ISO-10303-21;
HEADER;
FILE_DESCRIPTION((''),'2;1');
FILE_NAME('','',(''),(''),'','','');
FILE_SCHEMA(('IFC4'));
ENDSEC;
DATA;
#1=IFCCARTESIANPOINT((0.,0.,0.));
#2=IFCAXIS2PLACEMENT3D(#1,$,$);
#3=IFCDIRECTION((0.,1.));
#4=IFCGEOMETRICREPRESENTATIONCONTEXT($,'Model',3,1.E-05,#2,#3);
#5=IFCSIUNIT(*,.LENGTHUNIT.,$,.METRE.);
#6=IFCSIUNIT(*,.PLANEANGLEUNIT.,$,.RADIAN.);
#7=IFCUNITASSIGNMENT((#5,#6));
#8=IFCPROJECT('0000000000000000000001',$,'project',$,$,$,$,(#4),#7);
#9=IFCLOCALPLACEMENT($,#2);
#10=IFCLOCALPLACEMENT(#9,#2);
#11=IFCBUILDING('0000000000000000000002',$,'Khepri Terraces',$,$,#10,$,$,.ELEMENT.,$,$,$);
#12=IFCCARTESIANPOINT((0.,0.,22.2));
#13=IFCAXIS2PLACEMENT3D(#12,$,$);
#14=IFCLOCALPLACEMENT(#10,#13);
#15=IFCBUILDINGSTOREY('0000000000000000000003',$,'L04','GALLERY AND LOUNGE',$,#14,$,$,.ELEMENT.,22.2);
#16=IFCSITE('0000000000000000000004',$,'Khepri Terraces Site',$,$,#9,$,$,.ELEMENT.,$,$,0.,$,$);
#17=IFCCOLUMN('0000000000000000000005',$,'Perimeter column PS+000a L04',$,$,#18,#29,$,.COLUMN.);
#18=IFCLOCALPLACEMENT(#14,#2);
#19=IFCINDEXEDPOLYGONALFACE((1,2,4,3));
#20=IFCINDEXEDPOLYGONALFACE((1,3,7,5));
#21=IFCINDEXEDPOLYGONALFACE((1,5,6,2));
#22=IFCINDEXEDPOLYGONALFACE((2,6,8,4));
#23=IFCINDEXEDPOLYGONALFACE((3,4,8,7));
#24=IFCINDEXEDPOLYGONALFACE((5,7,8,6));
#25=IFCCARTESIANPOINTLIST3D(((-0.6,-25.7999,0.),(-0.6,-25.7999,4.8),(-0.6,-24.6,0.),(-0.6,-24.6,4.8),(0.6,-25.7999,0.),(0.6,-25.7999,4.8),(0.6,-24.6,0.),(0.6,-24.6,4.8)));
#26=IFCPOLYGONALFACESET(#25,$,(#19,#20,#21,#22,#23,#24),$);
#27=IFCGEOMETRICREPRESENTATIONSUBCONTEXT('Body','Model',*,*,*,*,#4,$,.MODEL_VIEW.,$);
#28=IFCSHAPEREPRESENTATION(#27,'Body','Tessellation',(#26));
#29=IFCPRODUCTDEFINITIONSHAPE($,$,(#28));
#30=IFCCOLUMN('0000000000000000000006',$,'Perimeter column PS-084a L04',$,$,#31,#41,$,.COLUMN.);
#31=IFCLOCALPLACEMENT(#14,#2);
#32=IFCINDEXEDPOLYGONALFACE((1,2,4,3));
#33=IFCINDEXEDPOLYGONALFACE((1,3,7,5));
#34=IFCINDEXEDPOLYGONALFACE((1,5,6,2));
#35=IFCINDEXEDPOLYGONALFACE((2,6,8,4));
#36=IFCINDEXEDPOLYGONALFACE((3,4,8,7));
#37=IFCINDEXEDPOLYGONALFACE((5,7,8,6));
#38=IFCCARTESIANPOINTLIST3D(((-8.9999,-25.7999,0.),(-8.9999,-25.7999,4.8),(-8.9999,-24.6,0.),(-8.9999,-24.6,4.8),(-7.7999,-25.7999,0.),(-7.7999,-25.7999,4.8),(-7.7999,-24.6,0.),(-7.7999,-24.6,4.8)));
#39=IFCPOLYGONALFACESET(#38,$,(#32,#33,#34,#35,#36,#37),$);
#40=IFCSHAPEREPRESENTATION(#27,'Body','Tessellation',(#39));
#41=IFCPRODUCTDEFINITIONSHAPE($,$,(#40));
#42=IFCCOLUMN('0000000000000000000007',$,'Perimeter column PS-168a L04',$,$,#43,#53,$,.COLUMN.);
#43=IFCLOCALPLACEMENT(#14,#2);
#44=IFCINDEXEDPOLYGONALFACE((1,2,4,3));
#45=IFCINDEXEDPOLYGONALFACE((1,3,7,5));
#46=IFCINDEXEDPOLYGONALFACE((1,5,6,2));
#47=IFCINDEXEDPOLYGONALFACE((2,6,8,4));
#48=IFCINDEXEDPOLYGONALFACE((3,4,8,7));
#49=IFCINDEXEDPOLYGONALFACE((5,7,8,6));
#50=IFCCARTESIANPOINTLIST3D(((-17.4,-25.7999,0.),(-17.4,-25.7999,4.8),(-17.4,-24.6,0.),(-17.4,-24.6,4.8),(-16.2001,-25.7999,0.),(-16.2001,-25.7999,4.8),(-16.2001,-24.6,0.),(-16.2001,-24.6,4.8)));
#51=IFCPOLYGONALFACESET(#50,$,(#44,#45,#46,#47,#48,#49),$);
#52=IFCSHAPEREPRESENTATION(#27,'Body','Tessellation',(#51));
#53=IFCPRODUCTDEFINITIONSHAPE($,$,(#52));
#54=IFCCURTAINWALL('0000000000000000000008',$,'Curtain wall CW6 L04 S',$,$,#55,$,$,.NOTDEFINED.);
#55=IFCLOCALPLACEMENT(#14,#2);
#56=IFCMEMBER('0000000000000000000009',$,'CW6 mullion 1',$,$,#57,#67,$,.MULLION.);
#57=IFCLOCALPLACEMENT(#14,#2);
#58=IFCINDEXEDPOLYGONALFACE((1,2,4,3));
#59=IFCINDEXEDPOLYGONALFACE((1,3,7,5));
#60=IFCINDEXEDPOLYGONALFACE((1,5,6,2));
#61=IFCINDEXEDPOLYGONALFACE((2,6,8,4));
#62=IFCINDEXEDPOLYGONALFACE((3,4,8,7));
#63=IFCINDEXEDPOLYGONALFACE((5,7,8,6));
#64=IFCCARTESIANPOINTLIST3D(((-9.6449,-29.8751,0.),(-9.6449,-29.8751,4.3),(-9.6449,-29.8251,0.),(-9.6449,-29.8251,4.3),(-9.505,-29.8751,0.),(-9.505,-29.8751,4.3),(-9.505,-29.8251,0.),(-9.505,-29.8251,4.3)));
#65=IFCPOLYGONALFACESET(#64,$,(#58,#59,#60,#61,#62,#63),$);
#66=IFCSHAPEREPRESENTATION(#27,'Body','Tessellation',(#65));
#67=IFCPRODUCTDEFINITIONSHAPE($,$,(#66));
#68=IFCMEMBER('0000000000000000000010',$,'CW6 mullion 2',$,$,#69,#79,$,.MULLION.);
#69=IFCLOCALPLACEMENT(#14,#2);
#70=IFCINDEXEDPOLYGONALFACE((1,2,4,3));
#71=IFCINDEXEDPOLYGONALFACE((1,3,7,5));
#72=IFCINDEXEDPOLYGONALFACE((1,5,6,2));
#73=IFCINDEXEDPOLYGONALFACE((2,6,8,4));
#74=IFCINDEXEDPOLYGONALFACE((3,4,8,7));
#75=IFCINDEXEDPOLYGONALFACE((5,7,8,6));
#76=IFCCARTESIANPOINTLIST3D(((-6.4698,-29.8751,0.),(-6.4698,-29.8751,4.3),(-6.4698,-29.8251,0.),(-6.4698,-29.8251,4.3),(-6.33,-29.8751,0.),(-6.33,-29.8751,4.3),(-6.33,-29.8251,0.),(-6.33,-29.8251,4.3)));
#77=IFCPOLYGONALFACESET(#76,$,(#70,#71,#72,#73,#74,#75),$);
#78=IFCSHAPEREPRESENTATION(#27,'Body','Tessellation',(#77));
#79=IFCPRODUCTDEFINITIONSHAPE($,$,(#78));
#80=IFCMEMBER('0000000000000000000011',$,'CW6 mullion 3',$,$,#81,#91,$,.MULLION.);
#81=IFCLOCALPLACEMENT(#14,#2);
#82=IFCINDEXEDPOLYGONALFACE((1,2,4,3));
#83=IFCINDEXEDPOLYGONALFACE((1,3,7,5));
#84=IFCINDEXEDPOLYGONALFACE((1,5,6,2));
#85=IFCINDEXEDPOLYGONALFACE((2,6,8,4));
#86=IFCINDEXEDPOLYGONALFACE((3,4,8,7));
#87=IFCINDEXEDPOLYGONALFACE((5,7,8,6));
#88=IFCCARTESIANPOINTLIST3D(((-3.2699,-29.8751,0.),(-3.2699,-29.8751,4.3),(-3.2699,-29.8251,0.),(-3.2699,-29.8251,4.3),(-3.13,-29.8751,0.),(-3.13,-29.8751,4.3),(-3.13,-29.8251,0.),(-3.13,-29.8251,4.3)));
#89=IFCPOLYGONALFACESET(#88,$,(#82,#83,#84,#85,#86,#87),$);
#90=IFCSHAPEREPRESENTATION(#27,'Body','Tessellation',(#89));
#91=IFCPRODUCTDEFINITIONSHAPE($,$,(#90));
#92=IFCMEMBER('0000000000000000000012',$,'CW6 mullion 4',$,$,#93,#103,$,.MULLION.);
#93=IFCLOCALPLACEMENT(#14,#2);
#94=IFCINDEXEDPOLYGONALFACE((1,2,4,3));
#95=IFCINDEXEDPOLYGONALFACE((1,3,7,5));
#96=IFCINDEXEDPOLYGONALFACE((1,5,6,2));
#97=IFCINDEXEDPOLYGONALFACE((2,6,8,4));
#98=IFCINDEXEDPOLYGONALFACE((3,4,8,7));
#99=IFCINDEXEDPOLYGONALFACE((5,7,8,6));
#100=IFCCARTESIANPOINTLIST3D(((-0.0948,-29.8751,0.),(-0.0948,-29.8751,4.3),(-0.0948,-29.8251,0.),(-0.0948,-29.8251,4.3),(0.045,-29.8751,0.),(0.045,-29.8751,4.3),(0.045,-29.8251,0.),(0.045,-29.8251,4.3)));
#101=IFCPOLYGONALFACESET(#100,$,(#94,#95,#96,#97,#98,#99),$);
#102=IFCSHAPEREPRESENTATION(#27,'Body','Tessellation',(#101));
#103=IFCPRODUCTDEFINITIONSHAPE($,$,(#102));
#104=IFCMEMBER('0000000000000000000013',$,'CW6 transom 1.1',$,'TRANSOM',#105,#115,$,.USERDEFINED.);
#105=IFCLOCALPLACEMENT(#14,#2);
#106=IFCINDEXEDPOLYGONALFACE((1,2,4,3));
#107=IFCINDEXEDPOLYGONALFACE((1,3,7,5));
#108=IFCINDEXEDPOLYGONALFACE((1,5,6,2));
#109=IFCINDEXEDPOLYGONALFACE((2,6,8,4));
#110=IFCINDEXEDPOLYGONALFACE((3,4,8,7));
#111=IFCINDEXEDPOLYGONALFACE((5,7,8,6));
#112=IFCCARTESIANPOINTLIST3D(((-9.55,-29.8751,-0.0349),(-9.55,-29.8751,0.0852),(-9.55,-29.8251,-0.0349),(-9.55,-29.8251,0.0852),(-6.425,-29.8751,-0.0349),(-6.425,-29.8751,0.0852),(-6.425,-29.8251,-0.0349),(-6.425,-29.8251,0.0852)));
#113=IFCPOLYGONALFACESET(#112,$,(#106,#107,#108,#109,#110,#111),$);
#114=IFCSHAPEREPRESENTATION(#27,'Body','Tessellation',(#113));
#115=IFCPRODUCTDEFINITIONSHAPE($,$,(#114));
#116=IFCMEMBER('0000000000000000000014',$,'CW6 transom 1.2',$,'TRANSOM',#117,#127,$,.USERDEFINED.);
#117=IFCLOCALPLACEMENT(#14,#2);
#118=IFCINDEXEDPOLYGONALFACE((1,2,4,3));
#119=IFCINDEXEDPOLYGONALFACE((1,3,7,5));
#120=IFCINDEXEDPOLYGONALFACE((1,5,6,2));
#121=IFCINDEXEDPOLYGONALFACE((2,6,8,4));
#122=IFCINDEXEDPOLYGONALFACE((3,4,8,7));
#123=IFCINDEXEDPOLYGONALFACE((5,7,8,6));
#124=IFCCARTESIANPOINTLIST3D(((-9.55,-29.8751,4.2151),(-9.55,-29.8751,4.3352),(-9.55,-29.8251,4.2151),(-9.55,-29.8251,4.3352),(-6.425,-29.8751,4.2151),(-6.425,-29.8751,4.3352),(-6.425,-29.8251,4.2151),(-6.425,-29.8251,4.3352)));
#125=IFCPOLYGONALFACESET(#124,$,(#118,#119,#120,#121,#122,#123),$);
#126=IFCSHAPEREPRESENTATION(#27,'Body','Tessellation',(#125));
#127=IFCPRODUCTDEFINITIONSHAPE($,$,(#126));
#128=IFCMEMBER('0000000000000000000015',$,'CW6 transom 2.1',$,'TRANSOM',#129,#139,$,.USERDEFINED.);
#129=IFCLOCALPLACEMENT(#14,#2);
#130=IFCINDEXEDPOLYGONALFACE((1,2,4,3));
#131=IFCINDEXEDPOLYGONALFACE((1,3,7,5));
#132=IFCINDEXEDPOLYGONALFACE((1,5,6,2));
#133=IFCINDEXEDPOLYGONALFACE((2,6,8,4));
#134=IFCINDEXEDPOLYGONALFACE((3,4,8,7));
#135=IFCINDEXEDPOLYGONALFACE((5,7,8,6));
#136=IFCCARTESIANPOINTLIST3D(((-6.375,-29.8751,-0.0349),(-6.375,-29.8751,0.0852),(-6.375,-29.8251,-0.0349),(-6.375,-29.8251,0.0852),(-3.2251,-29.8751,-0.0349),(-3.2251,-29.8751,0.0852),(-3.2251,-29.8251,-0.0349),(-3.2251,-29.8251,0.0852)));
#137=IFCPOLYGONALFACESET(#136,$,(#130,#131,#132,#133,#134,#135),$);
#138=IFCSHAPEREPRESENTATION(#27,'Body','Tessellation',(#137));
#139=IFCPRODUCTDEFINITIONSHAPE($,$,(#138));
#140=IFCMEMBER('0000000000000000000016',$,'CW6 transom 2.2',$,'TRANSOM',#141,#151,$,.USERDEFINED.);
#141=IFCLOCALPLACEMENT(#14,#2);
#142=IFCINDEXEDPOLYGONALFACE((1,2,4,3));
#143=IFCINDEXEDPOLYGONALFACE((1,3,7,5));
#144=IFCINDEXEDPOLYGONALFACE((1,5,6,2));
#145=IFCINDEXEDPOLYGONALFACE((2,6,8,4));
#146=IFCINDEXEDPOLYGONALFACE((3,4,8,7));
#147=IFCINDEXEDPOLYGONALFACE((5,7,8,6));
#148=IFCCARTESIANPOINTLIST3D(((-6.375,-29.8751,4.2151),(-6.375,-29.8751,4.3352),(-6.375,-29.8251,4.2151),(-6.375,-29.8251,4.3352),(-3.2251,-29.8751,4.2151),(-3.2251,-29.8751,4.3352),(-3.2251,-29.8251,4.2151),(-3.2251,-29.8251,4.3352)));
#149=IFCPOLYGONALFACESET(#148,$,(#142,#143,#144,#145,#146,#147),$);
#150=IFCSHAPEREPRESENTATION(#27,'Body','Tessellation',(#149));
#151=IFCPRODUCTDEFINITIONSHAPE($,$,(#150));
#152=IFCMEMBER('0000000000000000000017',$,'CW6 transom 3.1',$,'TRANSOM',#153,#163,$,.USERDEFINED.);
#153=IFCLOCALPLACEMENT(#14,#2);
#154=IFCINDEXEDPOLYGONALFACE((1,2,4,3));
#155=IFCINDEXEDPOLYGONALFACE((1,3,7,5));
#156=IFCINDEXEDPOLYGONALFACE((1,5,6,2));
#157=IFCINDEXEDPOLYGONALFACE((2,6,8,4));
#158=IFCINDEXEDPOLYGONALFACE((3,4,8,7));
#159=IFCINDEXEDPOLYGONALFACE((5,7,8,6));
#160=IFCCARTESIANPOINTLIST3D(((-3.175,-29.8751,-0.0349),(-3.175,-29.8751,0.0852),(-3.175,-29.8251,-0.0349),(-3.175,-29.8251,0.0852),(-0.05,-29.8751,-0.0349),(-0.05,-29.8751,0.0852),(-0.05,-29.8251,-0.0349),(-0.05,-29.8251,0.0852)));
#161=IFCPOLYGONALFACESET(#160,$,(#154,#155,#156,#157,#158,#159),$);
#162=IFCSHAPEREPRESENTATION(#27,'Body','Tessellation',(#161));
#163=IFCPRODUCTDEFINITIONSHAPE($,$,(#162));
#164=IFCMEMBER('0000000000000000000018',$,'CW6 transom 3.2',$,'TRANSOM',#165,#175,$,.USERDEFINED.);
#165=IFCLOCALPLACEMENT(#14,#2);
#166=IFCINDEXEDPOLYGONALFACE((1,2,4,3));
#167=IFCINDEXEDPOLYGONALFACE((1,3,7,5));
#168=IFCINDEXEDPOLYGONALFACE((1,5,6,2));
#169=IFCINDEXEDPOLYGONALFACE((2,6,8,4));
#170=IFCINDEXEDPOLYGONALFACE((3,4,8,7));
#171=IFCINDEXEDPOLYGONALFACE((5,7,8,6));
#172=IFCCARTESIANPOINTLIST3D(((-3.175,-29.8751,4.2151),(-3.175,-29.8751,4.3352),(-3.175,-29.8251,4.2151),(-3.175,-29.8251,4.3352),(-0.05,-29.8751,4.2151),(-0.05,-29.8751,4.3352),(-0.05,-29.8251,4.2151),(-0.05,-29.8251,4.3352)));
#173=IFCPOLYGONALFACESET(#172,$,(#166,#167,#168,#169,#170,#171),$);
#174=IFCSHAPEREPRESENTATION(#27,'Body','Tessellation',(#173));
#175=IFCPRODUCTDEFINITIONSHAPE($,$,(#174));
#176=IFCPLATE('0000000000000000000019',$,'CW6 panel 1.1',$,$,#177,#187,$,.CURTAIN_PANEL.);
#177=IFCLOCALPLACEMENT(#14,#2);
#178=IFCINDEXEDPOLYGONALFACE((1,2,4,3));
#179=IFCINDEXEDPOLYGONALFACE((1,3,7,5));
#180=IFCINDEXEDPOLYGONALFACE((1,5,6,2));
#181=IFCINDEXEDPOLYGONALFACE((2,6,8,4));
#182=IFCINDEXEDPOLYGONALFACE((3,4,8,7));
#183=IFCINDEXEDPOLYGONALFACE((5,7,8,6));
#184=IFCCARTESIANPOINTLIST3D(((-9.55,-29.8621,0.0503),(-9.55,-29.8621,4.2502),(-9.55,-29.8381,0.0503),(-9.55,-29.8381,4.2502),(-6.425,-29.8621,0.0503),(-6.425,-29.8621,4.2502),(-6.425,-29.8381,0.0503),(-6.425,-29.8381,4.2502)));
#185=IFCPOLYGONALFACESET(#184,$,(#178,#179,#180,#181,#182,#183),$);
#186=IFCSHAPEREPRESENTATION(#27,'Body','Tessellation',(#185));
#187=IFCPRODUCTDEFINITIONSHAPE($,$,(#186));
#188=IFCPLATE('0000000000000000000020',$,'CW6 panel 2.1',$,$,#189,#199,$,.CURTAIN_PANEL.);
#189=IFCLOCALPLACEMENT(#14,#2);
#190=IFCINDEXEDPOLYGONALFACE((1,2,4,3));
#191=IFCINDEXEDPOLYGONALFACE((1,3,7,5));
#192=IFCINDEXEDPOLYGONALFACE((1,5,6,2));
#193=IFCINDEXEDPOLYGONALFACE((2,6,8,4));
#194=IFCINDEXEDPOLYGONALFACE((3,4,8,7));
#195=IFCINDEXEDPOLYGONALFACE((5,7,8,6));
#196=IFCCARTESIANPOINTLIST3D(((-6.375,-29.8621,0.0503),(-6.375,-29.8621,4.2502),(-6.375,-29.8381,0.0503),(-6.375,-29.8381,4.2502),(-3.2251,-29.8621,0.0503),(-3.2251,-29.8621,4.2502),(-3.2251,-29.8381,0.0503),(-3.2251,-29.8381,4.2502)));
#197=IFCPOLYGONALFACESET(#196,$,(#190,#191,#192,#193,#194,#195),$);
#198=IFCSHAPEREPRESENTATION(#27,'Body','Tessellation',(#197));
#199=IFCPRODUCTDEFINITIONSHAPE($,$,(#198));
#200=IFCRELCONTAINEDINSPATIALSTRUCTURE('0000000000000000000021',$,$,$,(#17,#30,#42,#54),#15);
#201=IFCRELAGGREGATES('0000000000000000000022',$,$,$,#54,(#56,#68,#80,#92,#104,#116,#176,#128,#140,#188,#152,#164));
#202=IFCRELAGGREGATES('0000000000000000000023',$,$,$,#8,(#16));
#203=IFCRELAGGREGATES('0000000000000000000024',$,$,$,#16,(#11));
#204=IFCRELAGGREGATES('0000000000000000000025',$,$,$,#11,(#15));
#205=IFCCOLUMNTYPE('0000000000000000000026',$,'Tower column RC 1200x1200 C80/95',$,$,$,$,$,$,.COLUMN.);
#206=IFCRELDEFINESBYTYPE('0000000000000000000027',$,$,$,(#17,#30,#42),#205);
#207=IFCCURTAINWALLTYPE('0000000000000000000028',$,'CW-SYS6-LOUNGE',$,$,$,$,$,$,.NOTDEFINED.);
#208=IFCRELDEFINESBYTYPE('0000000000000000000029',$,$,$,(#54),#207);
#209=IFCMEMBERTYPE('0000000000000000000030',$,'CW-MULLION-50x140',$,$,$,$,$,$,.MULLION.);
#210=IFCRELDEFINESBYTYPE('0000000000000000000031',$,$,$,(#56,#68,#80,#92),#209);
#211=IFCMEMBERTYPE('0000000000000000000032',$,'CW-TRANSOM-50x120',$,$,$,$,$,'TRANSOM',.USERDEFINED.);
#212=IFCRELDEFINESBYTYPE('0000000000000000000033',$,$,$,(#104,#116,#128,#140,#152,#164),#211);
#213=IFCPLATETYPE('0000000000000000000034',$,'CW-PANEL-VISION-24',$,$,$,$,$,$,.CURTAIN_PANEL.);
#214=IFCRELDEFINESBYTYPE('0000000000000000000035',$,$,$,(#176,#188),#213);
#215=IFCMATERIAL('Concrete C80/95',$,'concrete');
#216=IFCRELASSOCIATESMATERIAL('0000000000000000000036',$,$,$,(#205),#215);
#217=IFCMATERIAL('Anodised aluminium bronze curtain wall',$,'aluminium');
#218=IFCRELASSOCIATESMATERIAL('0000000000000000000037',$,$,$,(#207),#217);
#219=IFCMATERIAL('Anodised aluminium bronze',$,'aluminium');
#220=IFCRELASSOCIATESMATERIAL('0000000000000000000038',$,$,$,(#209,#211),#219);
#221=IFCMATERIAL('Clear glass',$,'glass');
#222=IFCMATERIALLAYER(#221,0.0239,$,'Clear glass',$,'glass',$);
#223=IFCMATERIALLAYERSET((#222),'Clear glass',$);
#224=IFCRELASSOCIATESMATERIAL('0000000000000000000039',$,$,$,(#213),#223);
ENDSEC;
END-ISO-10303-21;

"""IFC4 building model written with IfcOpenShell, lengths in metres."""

from ifc_helpers import new_model, si_unit, direction, frame, origin, origin_2d, place, context, subcontext, project, spatial, rectangle, extrude, material, layer, layer_set, material_profile, profile_set, type_object, element, aggregate, save


model = new_model("IFC4")

# Units and contexts
model_context = context("Model", 3, precision=1e-05, world=origin(), true_north=direction((0.0, 1.0)))
body_context = subcontext(model_context, "Body", "Model", "MODEL_VIEW")
ifc_project = project(units=[si_unit("LENGTHUNIT", "METRE"), si_unit("PLANEANGLEUNIT", "RADIAN")], contexts=[model_context])

# Site, building, storey
site_placement = place(None, origin())
site = spatial("IfcSite", under=ifc_project, at=site_placement, Name="Khepri Terraces Site", CompositionType="ELEMENT", RefElevation=0.0)
building_placement = place(site_placement, origin())
building = spatial("IfcBuilding", under=site, at=building_placement, Name="Khepri Terraces", CompositionType="ELEMENT")
storey_placement = place(building_placement, frame((0.0, 0.0, 22.2)))
storey = spatial("IfcBuildingStorey", under=building, at=storey_placement, Name="L04", Description="GALLERY AND LOUNGE", CompositionType="ELEMENT", Elevation=22.2)

# Columns
ifc_material_1 = material(Name="Concrete C80/95", Category="concrete")
ifc_material_profile_1 = material_profile(ifc_material_1, rectangle(XDim=1.2, YDim=1.2, at=origin_2d()), Name="Concrete C80/95", Category="concrete")
ifc_profile_set_1 = profile_set([ifc_material_profile_1], Name="Concrete C80/95")
column_type = type_object("IfcColumnType", Name="Tower column RC 1200x1200 C80/95", PredefinedType="COLUMN", material=ifc_profile_set_1)
for number, where, z_axis, x_axis, name in (
    (1, (0.0, -25.2, 0.0), (0.0, 0.0, 1.0), (1.0, 0.0, 0.0), "Perimeter column PS+000a L04"),
    (2, (-8.3999, -25.2, 0.0), (0.0, 0.0, 1.0), (1.0, 0.0, 0.0), "Perimeter column PS-084a L04"),
    (3, (-16.8, -25.2, 0.0), (0.0, 0.0, 1.0), (1.0, 0.0, 0.0), "Perimeter column PS-168a L04"),
):
    element("IfcColumn", number, at=place(storey_placement, frame(where, z_axis=z_axis, x_axis=x_axis)), inside=storey, type_object=column_type, Name=name, PredefinedType="COLUMN", context=body_context, shape_type="SweptSolid", body=[
        extrude(rectangle(XDim=1.2, YDim=1.2, at=origin_2d()), origin(), (0.0, 0.0, 1.0), 4.8),
    ])

# Curtain wall, members, plates
ifc_material_2 = material(Name="Anodised aluminium bronze curtain wall", Category="aluminium")
curtain_wall_type = type_object("IfcCurtainWallType", Name="CW-SYS6-LOUNGE", PredefinedType="NOTDEFINED", material=ifc_material_2)
curtain_wall_placement = place(storey_placement, origin())
curtain_wall = element("IfcCurtainWall", 4, at=curtain_wall_placement, inside=storey, type_object=curtain_wall_type, Name="Curtain wall CW6 L04 S", PredefinedType="NOTDEFINED")
ifc_material_3 = material(Name="Anodised aluminium bronze", Category="aluminium")
ifc_material_profile_2 = material_profile(ifc_material_3, rectangle(XDim=0.05, YDim=0.1399, at=origin_2d()), Name="Anodised aluminium bronze", Category="aluminium")
ifc_profile_set_2 = profile_set([ifc_material_profile_2], Name="Anodised aluminium bronze")
member_type_1 = type_object("IfcMemberType", Name="CW-MULLION-50x140", PredefinedType="MULLION", material=ifc_profile_set_2)
member_1_placement = place(storey_placement, frame((-9.575, -29.8501, 0.0), z_axis=(0.0, 0.0, 1.0), x_axis=(0.0, 1.0, 0.0)))
member_1 = element("IfcMember", 5, at=member_1_placement, type_object=member_type_1, Name="CW6 mullion 1", PredefinedType="MULLION", context=body_context, shape_type="SweptSolid", body=[
    extrude(rectangle(XDim=0.05, YDim=0.1399, at=origin_2d()), origin(), (0.0, 0.0, 1.0), 4.3),
])
member_2_placement = place(storey_placement, frame((-6.3999, -29.8501, 0.0), z_axis=(0.0, 0.0, 1.0), x_axis=(0.0, 1.0, 0.0)))
member_2 = element("IfcMember", 6, at=member_2_placement, type_object=member_type_1, Name="CW6 mullion 2", PredefinedType="MULLION", context=body_context, shape_type="SweptSolid", body=[
    extrude(rectangle(XDim=0.05, YDim=0.1399, at=origin_2d()), origin(), (0.0, 0.0, 1.0), 4.3),
])
member_3_placement = place(storey_placement, frame((-3.2, -29.8501, 0.0), z_axis=(0.0, 0.0, 1.0), x_axis=(0.0, 1.0, 0.0)))
member_3 = element("IfcMember", 7, at=member_3_placement, type_object=member_type_1, Name="CW6 mullion 3", PredefinedType="MULLION", context=body_context, shape_type="SweptSolid", body=[
    extrude(rectangle(XDim=0.05, YDim=0.1399, at=origin_2d()), origin(), (0.0, 0.0, 1.0), 4.3),
])
member_4_placement = place(storey_placement, frame((-0.0249, -29.8501, 0.0), z_axis=(0.0, 0.0, 1.0), x_axis=(0.0, 1.0, 0.0)))
member_4 = element("IfcMember", 8, at=member_4_placement, type_object=member_type_1, Name="CW6 mullion 4", PredefinedType="MULLION", context=body_context, shape_type="SweptSolid", body=[
    extrude(rectangle(XDim=0.05, YDim=0.1399, at=origin_2d()), origin(), (0.0, 0.0, 1.0), 4.3),
])
ifc_material_profile_3 = material_profile(ifc_material_3, rectangle(XDim=0.05, YDim=0.1201, at=origin_2d()), Name="Anodised aluminium bronze", Category="aluminium")
ifc_profile_set_3 = profile_set([ifc_material_profile_3], Name="Anodised aluminium bronze")
member_type_2 = type_object("IfcMemberType", Name="CW-TRANSOM-50x120", ElementType="TRANSOM", PredefinedType="USERDEFINED", material=ifc_profile_set_3)
member_5_placement = place(storey_placement, frame((-9.55, -29.8501, 0.0251), z_axis=(1.0, 0.0, 0.0), x_axis=(0.0, 1.0, 0.0)))
member_5 = element("IfcMember", 9, at=member_5_placement, type_object=member_type_2, Name="CW6 transom 1.1", ObjectType="TRANSOM", PredefinedType="USERDEFINED", context=body_context, shape_type="SweptSolid", body=[
    extrude(rectangle(XDim=0.05, YDim=0.1201, at=origin_2d()), origin(), (0.0, 0.0, 1.0), 3.125),
])
member_6_placement = place(storey_placement, frame((-9.55, -29.8501, 4.2751), z_axis=(1.0, 0.0, 0.0), x_axis=(0.0, 1.0, 0.0)))
member_6 = element("IfcMember", 10, at=member_6_placement, type_object=member_type_2, Name="CW6 transom 1.2", ObjectType="TRANSOM", PredefinedType="USERDEFINED", context=body_context, shape_type="SweptSolid", body=[
    extrude(rectangle(XDim=0.05, YDim=0.1201, at=origin_2d()), origin(), (0.0, 0.0, 1.0), 3.125),
])
member_7_placement = place(storey_placement, frame((-6.375, -29.8501, 0.0251), z_axis=(1.0, 0.0, 0.0), x_axis=(0.0, 1.0, 0.0)))
member_7 = element("IfcMember", 11, at=member_7_placement, type_object=member_type_2, Name="CW6 transom 2.1", ObjectType="TRANSOM", PredefinedType="USERDEFINED", context=body_context, shape_type="SweptSolid", body=[
    extrude(rectangle(XDim=0.05, YDim=0.1201, at=origin_2d()), origin(), (0.0, 0.0, 1.0), 3.1499),
])
member_8_placement = place(storey_placement, frame((-6.375, -29.8501, 4.2751), z_axis=(1.0, 0.0, 0.0), x_axis=(0.0, 1.0, 0.0)))
member_8 = element("IfcMember", 12, at=member_8_placement, type_object=member_type_2, Name="CW6 transom 2.2", ObjectType="TRANSOM", PredefinedType="USERDEFINED", context=body_context, shape_type="SweptSolid", body=[
    extrude(rectangle(XDim=0.05, YDim=0.1201, at=origin_2d()), origin(), (0.0, 0.0, 1.0), 3.1499),
])
member_9_placement = place(storey_placement, frame((-3.175, -29.8501, 0.0251), z_axis=(1.0, 0.0, 0.0), x_axis=(0.0, 1.0, 0.0)))
member_9 = element("IfcMember", 13, at=member_9_placement, type_object=member_type_2, Name="CW6 transom 3.1", ObjectType="TRANSOM", PredefinedType="USERDEFINED", context=body_context, shape_type="SweptSolid", body=[
    extrude(rectangle(XDim=0.05, YDim=0.1201, at=origin_2d()), origin(), (0.0, 0.0, 1.0), 3.125),
])
member_10_placement = place(storey_placement, frame((-3.175, -29.8501, 4.2751), z_axis=(1.0, 0.0, 0.0), x_axis=(0.0, 1.0, 0.0)))
member_10 = element("IfcMember", 14, at=member_10_placement, type_object=member_type_2, Name="CW6 transom 3.2", ObjectType="TRANSOM", PredefinedType="USERDEFINED", context=body_context, shape_type="SweptSolid", body=[
    extrude(rectangle(XDim=0.05, YDim=0.1201, at=origin_2d()), origin(), (0.0, 0.0, 1.0), 3.125),
])
ifc_material_4 = material(Name="Clear glass", Category="glass")
ifc_layer_1 = layer(ifc_material_4, 0.0239, Name="Clear glass", Category="glass")
ifc_layer_set_1 = layer_set([ifc_layer_1], Name="Clear glass")
plate_type = type_object("IfcPlateType", Name="CW-PANEL-VISION-24", PredefinedType="CURTAIN_PANEL", material=ifc_layer_set_1)
plate_1_placement = place(storey_placement, frame((-7.9875, -29.8501, 0.0503), z_axis=(0.0, 0.0, 1.0), x_axis=(1.0, 0.0, 0.0)))
plate_1 = element("IfcPlate", 15, at=plate_1_placement, type_object=plate_type, Name="CW6 panel 1.1", PredefinedType="CURTAIN_PANEL", context=body_context, shape_type="SweptSolid", body=[
    extrude(rectangle(XDim=3.125, YDim=0.0239, at=origin_2d()), origin(), (0.0, 0.0, 1.0), 4.2),
])
plate_2_placement = place(storey_placement, frame((-4.8, -29.8501, 0.0503), z_axis=(0.0, 0.0, 1.0), x_axis=(1.0, 0.0, 0.0)))
plate_2 = element("IfcPlate", 16, at=plate_2_placement, type_object=plate_type, Name="CW6 panel 2.1", PredefinedType="CURTAIN_PANEL", context=body_context, shape_type="SweptSolid", body=[
    extrude(rectangle(XDim=3.1499, YDim=0.0239, at=origin_2d()), origin(), (0.0, 0.0, 1.0), 4.2),
])
aggregate(curtain_wall, [member_1, member_2, member_3, member_4, member_5, member_6, plate_1, member_7, member_8, plate_2, member_9, member_10])

save(model, "model.ifc")
